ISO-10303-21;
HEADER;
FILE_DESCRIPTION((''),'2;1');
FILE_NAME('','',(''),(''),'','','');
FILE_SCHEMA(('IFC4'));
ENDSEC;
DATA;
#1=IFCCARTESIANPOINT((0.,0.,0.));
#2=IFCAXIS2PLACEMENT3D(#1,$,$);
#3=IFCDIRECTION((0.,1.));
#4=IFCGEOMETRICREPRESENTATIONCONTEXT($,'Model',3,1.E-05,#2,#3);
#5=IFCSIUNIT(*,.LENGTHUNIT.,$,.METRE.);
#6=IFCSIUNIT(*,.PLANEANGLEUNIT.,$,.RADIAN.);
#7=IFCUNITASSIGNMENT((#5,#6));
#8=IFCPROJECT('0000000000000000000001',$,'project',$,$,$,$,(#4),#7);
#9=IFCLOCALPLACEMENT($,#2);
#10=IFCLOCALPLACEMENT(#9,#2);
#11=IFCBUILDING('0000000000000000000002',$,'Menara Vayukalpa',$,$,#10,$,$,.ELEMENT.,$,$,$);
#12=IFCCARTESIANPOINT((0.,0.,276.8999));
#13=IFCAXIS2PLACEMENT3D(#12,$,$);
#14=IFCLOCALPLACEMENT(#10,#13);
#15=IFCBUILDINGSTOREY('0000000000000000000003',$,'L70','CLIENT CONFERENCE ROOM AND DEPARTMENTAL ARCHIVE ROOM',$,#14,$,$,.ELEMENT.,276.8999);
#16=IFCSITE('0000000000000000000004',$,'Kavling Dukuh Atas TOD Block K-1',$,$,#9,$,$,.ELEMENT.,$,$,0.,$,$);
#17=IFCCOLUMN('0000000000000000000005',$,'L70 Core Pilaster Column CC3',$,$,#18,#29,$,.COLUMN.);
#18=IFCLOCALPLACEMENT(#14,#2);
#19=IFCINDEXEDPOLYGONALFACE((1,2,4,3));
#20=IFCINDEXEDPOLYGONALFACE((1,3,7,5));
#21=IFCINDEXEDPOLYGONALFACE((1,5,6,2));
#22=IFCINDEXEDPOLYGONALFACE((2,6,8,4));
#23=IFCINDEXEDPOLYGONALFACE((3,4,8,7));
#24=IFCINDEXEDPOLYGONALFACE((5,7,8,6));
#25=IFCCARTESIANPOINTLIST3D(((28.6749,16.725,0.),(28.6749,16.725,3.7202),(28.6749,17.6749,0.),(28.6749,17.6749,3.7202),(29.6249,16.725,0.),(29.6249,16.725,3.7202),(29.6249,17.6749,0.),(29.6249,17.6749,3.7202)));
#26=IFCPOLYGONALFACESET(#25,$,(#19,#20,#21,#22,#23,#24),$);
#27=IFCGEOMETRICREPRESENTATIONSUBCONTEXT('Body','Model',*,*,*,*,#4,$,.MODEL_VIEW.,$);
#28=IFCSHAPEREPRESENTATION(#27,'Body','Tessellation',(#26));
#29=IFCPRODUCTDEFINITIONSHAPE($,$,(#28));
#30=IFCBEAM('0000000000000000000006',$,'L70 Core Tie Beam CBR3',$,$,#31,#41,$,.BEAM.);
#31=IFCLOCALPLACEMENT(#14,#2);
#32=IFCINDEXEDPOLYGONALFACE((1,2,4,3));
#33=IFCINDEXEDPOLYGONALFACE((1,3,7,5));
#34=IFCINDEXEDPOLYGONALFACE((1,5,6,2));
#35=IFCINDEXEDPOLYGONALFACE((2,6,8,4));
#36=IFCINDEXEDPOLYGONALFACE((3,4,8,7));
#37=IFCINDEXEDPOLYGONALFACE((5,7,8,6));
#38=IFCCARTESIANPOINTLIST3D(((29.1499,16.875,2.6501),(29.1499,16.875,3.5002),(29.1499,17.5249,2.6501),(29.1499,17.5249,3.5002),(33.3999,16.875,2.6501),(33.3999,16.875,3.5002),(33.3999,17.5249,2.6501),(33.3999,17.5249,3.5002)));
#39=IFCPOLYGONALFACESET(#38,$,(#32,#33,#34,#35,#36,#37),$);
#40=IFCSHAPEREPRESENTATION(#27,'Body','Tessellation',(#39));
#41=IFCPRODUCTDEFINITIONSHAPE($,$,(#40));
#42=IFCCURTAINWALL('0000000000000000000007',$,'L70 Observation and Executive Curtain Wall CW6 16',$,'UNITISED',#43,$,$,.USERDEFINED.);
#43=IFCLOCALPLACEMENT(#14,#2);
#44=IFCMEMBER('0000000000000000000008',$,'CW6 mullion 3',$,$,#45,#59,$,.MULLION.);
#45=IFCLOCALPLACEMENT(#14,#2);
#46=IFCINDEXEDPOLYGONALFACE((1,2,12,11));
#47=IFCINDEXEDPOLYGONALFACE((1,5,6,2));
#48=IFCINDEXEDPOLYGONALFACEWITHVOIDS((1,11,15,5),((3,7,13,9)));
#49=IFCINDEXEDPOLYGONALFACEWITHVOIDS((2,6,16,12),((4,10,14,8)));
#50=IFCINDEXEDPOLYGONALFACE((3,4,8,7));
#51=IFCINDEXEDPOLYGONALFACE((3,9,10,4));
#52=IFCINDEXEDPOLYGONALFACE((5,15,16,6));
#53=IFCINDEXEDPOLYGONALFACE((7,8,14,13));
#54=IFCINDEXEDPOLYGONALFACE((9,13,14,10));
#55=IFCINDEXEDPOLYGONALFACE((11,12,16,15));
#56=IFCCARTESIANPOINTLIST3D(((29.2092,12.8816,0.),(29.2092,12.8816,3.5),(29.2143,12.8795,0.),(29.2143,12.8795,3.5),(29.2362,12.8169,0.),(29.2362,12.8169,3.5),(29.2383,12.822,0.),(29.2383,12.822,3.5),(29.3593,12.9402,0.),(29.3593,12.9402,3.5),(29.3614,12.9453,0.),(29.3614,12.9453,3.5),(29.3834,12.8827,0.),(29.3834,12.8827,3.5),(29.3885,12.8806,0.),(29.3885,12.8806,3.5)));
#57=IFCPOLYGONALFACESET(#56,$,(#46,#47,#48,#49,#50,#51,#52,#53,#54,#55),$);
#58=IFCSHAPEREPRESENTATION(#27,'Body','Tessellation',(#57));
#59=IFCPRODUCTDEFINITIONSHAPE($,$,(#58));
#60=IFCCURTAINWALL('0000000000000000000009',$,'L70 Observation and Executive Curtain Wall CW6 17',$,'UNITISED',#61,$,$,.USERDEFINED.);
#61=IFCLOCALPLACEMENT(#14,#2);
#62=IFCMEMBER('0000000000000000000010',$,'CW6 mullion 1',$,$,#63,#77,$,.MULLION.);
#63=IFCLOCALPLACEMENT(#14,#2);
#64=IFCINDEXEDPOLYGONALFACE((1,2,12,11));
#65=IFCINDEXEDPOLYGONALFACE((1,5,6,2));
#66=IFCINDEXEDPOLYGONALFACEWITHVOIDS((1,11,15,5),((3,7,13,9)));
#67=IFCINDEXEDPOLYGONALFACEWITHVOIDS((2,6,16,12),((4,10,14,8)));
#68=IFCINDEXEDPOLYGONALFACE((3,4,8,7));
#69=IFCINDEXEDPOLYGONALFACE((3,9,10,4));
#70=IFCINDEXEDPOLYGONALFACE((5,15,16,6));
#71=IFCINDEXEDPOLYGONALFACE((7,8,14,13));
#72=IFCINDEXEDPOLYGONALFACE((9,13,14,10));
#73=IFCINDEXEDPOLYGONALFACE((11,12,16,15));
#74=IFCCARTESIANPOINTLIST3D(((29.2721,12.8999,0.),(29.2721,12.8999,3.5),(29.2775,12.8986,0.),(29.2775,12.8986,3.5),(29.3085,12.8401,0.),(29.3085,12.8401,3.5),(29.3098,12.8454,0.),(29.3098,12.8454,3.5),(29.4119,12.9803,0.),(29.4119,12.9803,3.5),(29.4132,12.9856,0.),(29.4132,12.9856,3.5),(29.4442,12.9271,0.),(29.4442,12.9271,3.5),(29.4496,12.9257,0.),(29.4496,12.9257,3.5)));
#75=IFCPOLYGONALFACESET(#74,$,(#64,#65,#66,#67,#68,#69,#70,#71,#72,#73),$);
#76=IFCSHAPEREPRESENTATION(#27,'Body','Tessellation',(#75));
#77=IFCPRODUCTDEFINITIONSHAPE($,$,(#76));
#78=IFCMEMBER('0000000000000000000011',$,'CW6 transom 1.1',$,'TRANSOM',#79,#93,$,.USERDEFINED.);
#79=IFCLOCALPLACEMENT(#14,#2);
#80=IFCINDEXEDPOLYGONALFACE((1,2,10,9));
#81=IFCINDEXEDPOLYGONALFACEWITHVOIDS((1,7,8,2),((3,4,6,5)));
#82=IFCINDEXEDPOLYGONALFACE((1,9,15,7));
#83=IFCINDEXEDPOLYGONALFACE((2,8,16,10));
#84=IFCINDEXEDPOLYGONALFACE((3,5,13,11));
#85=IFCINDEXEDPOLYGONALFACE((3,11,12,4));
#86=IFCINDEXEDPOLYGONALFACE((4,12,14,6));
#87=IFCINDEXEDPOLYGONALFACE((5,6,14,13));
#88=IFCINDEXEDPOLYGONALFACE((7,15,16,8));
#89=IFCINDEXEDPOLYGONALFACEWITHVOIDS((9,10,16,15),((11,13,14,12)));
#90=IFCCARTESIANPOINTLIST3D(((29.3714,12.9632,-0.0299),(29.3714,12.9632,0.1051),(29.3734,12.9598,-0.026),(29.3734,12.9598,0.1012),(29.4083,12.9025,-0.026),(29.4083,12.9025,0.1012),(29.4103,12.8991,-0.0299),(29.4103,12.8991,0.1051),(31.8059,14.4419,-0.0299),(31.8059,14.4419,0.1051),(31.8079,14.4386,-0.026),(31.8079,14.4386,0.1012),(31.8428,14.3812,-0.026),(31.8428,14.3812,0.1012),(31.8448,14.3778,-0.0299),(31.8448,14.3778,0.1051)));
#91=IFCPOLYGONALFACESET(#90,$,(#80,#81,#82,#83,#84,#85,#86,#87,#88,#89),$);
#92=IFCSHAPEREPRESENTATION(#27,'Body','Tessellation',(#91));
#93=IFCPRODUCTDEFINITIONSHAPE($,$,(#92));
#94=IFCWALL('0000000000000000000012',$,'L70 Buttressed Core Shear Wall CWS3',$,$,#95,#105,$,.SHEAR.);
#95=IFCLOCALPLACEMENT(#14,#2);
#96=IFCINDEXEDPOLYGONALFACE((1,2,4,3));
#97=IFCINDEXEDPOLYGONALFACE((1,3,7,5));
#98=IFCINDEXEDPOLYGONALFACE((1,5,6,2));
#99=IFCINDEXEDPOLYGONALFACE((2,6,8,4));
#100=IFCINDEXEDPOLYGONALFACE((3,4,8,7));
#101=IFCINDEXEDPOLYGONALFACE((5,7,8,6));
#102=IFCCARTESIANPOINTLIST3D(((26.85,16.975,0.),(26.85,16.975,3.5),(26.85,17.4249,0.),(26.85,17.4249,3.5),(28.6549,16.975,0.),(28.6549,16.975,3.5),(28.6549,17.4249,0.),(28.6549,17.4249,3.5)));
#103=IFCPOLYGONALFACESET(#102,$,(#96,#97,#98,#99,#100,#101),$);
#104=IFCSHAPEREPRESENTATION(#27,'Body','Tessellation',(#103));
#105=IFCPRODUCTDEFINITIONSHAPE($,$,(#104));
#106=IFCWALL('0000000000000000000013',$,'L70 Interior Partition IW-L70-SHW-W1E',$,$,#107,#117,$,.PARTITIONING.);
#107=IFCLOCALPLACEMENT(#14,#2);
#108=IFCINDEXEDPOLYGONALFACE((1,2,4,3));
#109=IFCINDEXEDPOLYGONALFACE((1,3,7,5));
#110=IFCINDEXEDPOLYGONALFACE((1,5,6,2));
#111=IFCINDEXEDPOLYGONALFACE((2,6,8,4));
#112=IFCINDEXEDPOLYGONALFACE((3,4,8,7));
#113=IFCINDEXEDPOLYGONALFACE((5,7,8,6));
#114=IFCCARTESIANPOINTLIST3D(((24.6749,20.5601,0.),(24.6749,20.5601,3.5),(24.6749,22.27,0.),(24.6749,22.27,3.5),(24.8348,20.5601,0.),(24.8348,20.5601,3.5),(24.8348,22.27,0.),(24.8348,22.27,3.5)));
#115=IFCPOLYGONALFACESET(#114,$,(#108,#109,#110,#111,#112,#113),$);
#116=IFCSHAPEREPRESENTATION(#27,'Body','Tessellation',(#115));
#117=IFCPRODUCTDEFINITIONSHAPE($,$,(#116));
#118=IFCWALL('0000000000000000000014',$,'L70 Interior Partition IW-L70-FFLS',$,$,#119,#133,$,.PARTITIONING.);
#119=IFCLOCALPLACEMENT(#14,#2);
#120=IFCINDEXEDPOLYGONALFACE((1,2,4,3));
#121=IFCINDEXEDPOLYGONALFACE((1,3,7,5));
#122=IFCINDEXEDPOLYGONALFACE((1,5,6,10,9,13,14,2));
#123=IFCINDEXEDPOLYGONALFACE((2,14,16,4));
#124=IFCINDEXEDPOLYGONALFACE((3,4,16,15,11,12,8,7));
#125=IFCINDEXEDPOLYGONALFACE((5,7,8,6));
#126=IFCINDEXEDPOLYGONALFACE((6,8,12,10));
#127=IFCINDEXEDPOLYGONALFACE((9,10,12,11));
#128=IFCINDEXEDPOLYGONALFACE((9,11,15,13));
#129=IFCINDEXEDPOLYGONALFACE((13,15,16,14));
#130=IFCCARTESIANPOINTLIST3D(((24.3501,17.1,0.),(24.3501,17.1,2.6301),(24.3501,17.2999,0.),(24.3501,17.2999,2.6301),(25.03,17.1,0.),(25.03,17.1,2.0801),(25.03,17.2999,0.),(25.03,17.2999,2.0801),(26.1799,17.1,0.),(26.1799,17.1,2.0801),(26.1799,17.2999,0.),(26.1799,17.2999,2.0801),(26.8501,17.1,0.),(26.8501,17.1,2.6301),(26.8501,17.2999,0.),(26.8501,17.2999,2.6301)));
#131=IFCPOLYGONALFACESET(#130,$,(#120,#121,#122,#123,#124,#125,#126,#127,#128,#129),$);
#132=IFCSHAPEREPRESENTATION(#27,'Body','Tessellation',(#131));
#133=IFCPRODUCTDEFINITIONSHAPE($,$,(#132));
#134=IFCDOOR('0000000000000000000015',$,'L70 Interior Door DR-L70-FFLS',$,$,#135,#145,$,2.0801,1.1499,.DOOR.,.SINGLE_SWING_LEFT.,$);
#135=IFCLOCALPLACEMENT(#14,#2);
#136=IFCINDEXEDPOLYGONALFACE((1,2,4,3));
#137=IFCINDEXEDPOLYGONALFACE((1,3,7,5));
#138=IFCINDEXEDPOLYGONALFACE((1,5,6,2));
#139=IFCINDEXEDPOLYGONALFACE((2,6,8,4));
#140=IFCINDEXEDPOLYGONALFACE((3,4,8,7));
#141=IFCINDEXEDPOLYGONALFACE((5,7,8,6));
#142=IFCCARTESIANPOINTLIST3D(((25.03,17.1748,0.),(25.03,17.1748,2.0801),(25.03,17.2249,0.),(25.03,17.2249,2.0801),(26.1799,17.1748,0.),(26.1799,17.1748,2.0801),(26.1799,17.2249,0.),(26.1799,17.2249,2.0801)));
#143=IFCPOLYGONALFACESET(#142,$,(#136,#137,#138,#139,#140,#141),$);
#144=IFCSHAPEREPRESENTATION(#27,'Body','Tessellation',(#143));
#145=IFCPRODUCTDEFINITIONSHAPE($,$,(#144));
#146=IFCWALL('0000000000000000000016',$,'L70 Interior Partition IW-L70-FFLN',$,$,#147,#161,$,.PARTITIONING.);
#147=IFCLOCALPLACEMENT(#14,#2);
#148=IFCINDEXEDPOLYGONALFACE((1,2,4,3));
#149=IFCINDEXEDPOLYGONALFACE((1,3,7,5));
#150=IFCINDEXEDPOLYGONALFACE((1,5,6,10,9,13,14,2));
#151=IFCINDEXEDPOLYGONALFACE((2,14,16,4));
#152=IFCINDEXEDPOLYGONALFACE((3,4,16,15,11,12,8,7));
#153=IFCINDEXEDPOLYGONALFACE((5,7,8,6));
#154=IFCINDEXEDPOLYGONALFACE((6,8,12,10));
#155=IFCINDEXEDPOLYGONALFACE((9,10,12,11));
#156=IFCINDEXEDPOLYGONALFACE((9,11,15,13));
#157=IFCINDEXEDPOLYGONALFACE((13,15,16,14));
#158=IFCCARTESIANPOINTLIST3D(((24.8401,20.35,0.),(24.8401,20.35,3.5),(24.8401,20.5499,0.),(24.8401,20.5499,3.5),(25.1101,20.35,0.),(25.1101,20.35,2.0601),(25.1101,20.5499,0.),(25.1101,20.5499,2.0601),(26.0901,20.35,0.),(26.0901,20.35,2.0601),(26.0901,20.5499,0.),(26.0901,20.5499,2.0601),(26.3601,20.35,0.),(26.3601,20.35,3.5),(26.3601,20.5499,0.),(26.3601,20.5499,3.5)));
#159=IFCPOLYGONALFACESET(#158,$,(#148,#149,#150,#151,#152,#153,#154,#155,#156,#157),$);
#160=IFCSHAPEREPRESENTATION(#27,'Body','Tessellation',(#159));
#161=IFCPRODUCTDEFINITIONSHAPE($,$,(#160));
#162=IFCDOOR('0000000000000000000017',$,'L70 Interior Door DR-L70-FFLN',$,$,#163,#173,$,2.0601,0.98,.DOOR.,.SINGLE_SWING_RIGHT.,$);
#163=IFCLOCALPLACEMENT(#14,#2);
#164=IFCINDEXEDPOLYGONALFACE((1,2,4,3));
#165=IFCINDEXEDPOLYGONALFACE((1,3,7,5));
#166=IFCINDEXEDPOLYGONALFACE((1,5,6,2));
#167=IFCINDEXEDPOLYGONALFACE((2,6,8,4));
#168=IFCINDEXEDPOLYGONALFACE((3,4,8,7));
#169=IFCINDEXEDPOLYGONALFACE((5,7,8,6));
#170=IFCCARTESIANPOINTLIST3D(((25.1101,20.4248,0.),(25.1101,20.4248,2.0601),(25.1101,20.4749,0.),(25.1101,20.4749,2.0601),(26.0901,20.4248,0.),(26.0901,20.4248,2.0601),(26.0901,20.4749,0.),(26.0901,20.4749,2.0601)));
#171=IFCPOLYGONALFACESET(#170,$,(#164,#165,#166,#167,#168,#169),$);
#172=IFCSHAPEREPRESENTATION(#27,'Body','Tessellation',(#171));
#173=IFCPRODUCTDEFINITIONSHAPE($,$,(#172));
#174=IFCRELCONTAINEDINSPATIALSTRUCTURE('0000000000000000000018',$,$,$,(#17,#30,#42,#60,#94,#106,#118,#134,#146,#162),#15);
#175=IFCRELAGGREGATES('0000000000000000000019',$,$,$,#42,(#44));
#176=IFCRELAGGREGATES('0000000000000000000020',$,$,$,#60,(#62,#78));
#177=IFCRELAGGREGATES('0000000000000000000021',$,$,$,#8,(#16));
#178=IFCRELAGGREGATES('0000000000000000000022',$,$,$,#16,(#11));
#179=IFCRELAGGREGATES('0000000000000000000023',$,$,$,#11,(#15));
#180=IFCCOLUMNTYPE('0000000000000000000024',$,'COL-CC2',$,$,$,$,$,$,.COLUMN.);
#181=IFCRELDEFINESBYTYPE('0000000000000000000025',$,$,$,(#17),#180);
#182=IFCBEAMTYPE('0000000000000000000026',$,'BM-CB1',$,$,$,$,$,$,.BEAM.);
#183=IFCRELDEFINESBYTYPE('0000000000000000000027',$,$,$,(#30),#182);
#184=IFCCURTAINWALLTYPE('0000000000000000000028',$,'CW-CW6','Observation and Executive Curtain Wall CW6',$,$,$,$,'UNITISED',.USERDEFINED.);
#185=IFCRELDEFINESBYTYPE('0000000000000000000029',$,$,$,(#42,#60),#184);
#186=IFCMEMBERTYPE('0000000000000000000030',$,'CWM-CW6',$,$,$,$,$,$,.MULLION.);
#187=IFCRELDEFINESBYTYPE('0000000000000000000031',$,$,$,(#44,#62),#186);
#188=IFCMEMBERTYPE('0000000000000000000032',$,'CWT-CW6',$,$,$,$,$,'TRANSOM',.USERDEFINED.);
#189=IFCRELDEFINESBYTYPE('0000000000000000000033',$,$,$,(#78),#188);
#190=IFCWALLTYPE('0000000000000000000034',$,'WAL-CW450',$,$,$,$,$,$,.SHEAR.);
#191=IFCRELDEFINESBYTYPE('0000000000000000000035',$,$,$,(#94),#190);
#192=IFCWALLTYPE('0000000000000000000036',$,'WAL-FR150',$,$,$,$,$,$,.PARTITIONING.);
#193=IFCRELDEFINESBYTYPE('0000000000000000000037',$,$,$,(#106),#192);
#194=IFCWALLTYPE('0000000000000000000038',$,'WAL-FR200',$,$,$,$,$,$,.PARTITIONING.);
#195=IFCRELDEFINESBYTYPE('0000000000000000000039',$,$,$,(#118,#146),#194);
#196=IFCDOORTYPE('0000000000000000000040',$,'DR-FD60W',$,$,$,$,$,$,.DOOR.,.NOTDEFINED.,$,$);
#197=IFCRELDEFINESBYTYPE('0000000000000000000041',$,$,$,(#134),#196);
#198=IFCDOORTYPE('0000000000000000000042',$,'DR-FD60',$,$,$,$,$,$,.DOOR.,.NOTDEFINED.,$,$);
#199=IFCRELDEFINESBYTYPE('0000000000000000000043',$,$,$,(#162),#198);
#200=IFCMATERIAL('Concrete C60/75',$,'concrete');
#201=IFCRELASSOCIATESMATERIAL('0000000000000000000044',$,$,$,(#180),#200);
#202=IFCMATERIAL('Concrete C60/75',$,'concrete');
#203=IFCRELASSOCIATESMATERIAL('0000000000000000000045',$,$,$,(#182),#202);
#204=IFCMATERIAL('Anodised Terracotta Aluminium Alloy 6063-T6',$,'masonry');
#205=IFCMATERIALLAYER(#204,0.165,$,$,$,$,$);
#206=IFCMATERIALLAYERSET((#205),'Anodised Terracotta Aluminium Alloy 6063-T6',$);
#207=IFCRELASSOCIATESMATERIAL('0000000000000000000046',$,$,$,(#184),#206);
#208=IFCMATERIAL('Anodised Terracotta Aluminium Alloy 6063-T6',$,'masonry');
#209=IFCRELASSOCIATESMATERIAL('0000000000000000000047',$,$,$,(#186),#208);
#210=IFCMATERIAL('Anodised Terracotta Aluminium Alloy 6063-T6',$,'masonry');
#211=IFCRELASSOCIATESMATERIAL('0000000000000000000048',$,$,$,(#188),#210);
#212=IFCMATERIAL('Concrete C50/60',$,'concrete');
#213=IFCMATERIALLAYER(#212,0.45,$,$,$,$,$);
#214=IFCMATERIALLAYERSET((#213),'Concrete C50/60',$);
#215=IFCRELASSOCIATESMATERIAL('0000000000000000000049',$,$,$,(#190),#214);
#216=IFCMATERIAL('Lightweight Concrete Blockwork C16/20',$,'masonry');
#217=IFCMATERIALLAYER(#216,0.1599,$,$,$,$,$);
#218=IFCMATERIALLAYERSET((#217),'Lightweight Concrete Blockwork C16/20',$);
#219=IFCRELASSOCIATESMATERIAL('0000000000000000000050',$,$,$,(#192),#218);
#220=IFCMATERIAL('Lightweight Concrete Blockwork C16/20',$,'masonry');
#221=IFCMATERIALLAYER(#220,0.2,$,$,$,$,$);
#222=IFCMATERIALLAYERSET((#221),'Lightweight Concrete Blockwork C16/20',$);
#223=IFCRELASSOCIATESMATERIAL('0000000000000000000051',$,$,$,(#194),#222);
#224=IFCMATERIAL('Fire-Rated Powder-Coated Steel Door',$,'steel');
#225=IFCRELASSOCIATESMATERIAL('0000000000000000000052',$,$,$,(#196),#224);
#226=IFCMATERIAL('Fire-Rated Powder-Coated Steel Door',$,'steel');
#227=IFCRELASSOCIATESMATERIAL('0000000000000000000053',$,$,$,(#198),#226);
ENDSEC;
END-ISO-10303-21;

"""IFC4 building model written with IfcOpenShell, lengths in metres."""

from ifc_helpers import new_model, si_unit, direction, frame, frame_2d, origin, origin_2d, place, context, subcontext, project, spatial, rectangle, hollow_rectangle, extrude, material, layer, layer_set, material_profile, profile_set, type_object, element, fill, aggregate, save


model = new_model("IFC4")

# Units and contexts
model_context = context("Model", 3, precision=1e-05, world=origin(), true_north=direction((0.0, 1.0)))
body_context = subcontext(model_context, "Body", "Model", "MODEL_VIEW")
ifc_project = project(units=[si_unit("LENGTHUNIT", "METRE"), si_unit("PLANEANGLEUNIT", "RADIAN")], contexts=[model_context])

# Site, building, storey
site_placement = place(None, origin())
site = spatial("IfcSite", under=ifc_project, at=site_placement, Name="Kavling Dukuh Atas TOD Block K-1", CompositionType="ELEMENT", RefElevation=0.0)
building_placement = place(site_placement, origin())
building = spatial("IfcBuilding", under=site, at=building_placement, Name="Menara Vayukalpa", CompositionType="ELEMENT")
storey_placement = place(building_placement, frame((0.0, 0.0, 276.8999)))
storey = spatial("IfcBuildingStorey", under=building, at=storey_placement, Name="L70", Description="CLIENT CONFERENCE ROOM AND DEPARTMENTAL ARCHIVE ROOM", CompositionType="ELEMENT", Elevation=276.8999)

# Column
ifc_material_1 = material(Name="Concrete C60/75", Category="concrete")
ifc_material_profile_1 = material_profile(ifc_material_1, rectangle(XDim=0.95, YDim=0.95, at=origin_2d()), Name="RC 950x950")
ifc_profile_set_1 = profile_set([ifc_material_profile_1], Name="Concrete C60/75")
column_type = type_object("IfcColumnType", Name="COL-CC2", PredefinedType="COLUMN", material=ifc_profile_set_1)
column_placement = place(storey_placement, frame((29.1499, 17.2, 0.0), z_axis=(0.0, 0.0, 1.0), x_axis=(1.0, 0.0, 0.0)))
element("IfcColumn", 1, at=column_placement, inside=storey, type_object=column_type, Name="L70 Core Pilaster Column CC3", PredefinedType="COLUMN", context=body_context, shape_type="SweptSolid", body=[
    extrude(rectangle(XDim=0.95, YDim=0.95, at=origin_2d()), origin(), (0.0, 0.0, 1.0), 3.7202),
])

# Beam
ifc_material_2 = material(Name="Concrete C60/75", Category="concrete")
ifc_material_profile_2 = material_profile(ifc_material_2, rectangle(XDim=0.6499, YDim=0.8501, at=origin_2d()), Name="RC 650x850")
ifc_profile_set_2 = profile_set([ifc_material_profile_2], Name="Concrete C60/75")
beam_type = type_object("IfcBeamType", Name="BM-CB1", PredefinedType="BEAM", material=ifc_profile_set_2)
beam_placement = place(storey_placement, frame((29.1499, 17.2, 3.0752), z_axis=(1.0, 0.0, 0.0), x_axis=(0.0, 1.0, 0.0)))
element("IfcBeam", 2, at=beam_placement, inside=storey, type_object=beam_type, Name="L70 Core Tie Beam CBR3", PredefinedType="BEAM", context=body_context, shape_type="SweptSolid", body=[
    extrude(rectangle(XDim=0.6499, YDim=0.8501, at=origin_2d()), origin(), (0.0, 0.0, 1.0), 4.25),
])

# Curtain wall, member
ifc_material_3 = material(Name="Anodised Terracotta Aluminium Alloy 6063-T6", Category="masonry")
ifc_layer_1 = layer(ifc_material_3, 0.165)
ifc_layer_set_1 = layer_set([ifc_layer_1], Name="Anodised Terracotta Aluminium Alloy 6063-T6")
curtain_wall_type = type_object("IfcCurtainWallType", Name="CW-CW6", Description="Observation and Executive Curtain Wall CW6", ElementType="UNITISED", PredefinedType="USERDEFINED", material=ifc_layer_set_1)
curtain_wall_1_placement = place(storey_placement, origin())
curtain_wall_1 = element("IfcCurtainWall", 3, at=curtain_wall_1_placement, inside=storey, type_object=curtain_wall_type, Name="L70 Observation and Executive Curtain Wall CW6 16", ObjectType="UNITISED", PredefinedType="USERDEFINED")
ifc_material_4 = material(Name="Anodised Terracotta Aluminium Alloy 6063-T6", Category="masonry")
ifc_material_profile_3 = material_profile(ifc_material_4, hollow_rectangle(XDim=0.0701, YDim=0.165, WallThickness=0.0039, at=origin_2d()), Name="ALU 70x165x4")
ifc_profile_set_3 = profile_set([ifc_material_profile_3], Name="Anodised Terracotta Aluminium Alloy 6063-T6")
member_type_1 = type_object("IfcMemberType", Name="CWM-CW6", PredefinedType="MULLION", material=ifc_profile_set_3)
member_1_placement = place(storey_placement, frame((29.2988, 12.8811, 0.0), z_axis=(0.0, 0.0, 1.0), x_axis=(-0.3859, 0.922541, 0.0)))
member_1 = element("IfcMember", 4, at=member_1_placement, type_object=member_type_1, Name="CW6 mullion 3", PredefinedType="MULLION", context=body_context, shape_type="SweptSolid", body=[
    extrude(hollow_rectangle(XDim=0.0701, YDim=0.165, WallThickness=0.0039, at=origin_2d()), origin(), (0.0, 0.0, 1.0), 3.5),
])
aggregate(curtain_wall_1, [member_1])

# Curtain wall, members
curtain_wall_2_placement = place(storey_placement, origin())
curtain_wall_2 = element("IfcCurtainWall", 5, at=curtain_wall_2_placement, inside=storey, type_object=curtain_wall_type, Name="L70 Observation and Executive Curtain Wall CW6 17", ObjectType="UNITISED", PredefinedType="USERDEFINED")
member_2_placement = place(storey_placement, frame((29.3608, 12.9128, 0.0), z_axis=(0.0, 0.0, 1.0), x_axis=(-0.519176, 0.854668, 0.0)))
member_2 = element("IfcMember", 6, at=member_2_placement, type_object=member_type_1, Name="CW6 mullion 1", PredefinedType="MULLION", context=body_context, shape_type="SweptSolid", body=[
    extrude(hollow_rectangle(XDim=0.0701, YDim=0.165, WallThickness=0.0039, at=origin_2d()), origin(), (0.0, 0.0, 1.0), 3.5),
])
ifc_material_5 = material(Name="Anodised Terracotta Aluminium Alloy 6063-T6", Category="masonry")
ifc_material_profile_4 = material_profile(ifc_material_5, hollow_rectangle(XDim=0.075, YDim=0.135, WallThickness=0.0039, at=origin_2d()), Name="ALU 75x135x4")
ifc_profile_set_4 = profile_set([ifc_material_profile_4], Name="Anodised Terracotta Aluminium Alloy 6063-T6")
member_type_2 = type_object("IfcMemberType", Name="CWT-CW6", ElementType="TRANSOM", PredefinedType="USERDEFINED", material=ifc_profile_set_4)
member_3_placement = place(storey_placement, frame((29.3909, 12.9312, 0.0376), z_axis=(0.85469, 0.519139, 0.0), x_axis=(-0.519139, 0.85469, 0.0)))
member_3 = element("IfcMember", 7, at=member_3_placement, type_object=member_type_2, Name="CW6 transom 1.1", ObjectType="TRANSOM", PredefinedType="USERDEFINED", context=body_context, shape_type="SweptSolid", body=[
    extrude(hollow_rectangle(XDim=0.075, YDim=0.135, WallThickness=0.0039, at=origin_2d()), origin(), (0.0, 0.0, 1.0), 2.8484),
])
aggregate(curtain_wall_2, [member_2, member_3])

# Walls
ifc_material_6 = material(Name="Concrete C50/60", Category="concrete")
ifc_layer_2 = layer(ifc_material_6, 0.45)
ifc_layer_set_2 = layer_set([ifc_layer_2], Name="Concrete C50/60")
wall_type_1 = type_object("IfcWallType", Name="WAL-CW450", PredefinedType="SHEAR", material=ifc_layer_set_2)
wall_1_placement = place(storey_placement, frame((26.8501, 17.2, 0.0), z_axis=(0.0, 0.0, 1.0), x_axis=(1.0, 0.0, 0.0)))
element("IfcWall", 8, at=wall_1_placement, inside=storey, type_object=wall_type_1, Name="L70 Buttressed Core Shear Wall CWS3", PredefinedType="SHEAR", context=body_context, shape_type="SweptSolid", body=[
    extrude(rectangle(XDim=1.8049, YDim=0.45, at=frame_2d((0.9023, 0.0))), origin(), (0.0, 0.0, 1.0), 3.5),
])
ifc_material_7 = material(Name="Lightweight Concrete Blockwork C16/20", Category="masonry")
ifc_layer_3 = layer(ifc_material_7, 0.1599)
ifc_layer_set_3 = layer_set([ifc_layer_3], Name="Lightweight Concrete Blockwork C16/20")
wall_type_2 = type_object("IfcWallType", Name="WAL-FR150", PredefinedType="PARTITIONING", material=ifc_layer_set_3)
wall_2_placement = place(storey_placement, frame((24.7549, 20.5601, 0.0), z_axis=(0.0, 0.0, 1.0), x_axis=(0.0, 1.0, 0.0)))
element("IfcWall", 9, at=wall_2_placement, inside=storey, type_object=wall_type_2, Name="L70 Interior Partition IW-L70-SHW-W1E", PredefinedType="PARTITIONING", context=body_context, shape_type="SweptSolid", body=[
    extrude(rectangle(XDim=1.71, YDim=0.1599, at=frame_2d((0.855, 0.0))), origin(), (0.0, 0.0, 1.0), 3.5),
])

# Walls, openings, doors
ifc_material_8 = material(Name="Lightweight Concrete Blockwork C16/20", Category="masonry")
ifc_layer_4 = layer(ifc_material_8, 0.2)
ifc_layer_set_4 = layer_set([ifc_layer_4], Name="Lightweight Concrete Blockwork C16/20")
wall_type_3 = type_object("IfcWallType", Name="WAL-FR200", PredefinedType="PARTITIONING", material=ifc_layer_set_4)
wall_3_placement = place(storey_placement, frame((24.3501, 17.2, 0.0), z_axis=(0.0, 0.0, 1.0), x_axis=(1.0, 0.0, 0.0)))
wall_3 = element("IfcWall", 10, at=wall_3_placement, inside=storey, type_object=wall_type_3, Name="L70 Interior Partition IW-L70-FFLS", PredefinedType="PARTITIONING", context=body_context, shape_type="SweptSolid", body=[
    extrude(rectangle(XDim=2.5, YDim=0.2, at=frame_2d((1.25, 0.0))), origin(), (0.0, 0.0, 1.0), 2.6301),
])
opening_1_placement = place(wall_3_placement, frame((0.6799, 0.0, 0.0)))
opening_1 = element("IfcOpeningElement", 11, at=opening_1_placement, cuts=wall_3, PredefinedType="OPENING", context=body_context, shape_type="SweptSolid", body=[
    extrude(rectangle(XDim=1.1499, YDim=2.0801, at=frame_2d((0.575, 1.04))), frame((0.0, 0.1099, 0.0), z_axis=(0.0, -1.0, 0.0), x_axis=(1.0, 0.0, 0.0)), (0.0, 0.0, 1.0), 0.22),
])
ifc_material_9 = material(Name="Fire-Rated Powder-Coated Steel Door", Category="steel")
door_type_1 = type_object("IfcDoorType", Name="DR-FD60W", OperationType="NOTDEFINED", PredefinedType="DOOR", material=ifc_material_9)
door_1_placement = place(opening_1_placement, origin())
door_1 = element("IfcDoor", 12, at=door_1_placement, inside=storey, type_object=door_type_1, Name="L70 Interior Door DR-L70-FFLS", OperationType="SINGLE_SWING_LEFT", OverallHeight=2.0801, OverallWidth=1.1499, PredefinedType="DOOR", context=body_context, shape_type="SweptSolid", body=[
    extrude(rectangle(XDim=1.1499, YDim=2.0801, at=frame_2d((0.575, 1.04))), frame((0.0, 0.0249, 0.0), z_axis=(0.0, -1.0, 0.0), x_axis=(1.0, 0.0, 0.0)), (0.0, 0.0, 1.0), 0.05),
])
fill(opening_1, door_1)
wall_4_placement = place(storey_placement, frame((24.8401, 20.45, 0.0), z_axis=(0.0, 0.0, 1.0), x_axis=(1.0, 0.0, 0.0)))
wall_4 = element("IfcWall", 13, at=wall_4_placement, inside=storey, type_object=wall_type_3, Name="L70 Interior Partition IW-L70-FFLN", PredefinedType="PARTITIONING", context=body_context, shape_type="SweptSolid", body=[
    extrude(rectangle(XDim=1.52, YDim=0.2, at=frame_2d((0.76, 0.0))), origin(), (0.0, 0.0, 1.0), 3.5),
])
opening_2_placement = place(wall_4_placement, frame((0.27, 0.0, 0.0)))
opening_2 = element("IfcOpeningElement", 14, at=opening_2_placement, cuts=wall_4, PredefinedType="OPENING", context=body_context, shape_type="SweptSolid", body=[
    extrude(rectangle(XDim=0.98, YDim=2.0601, at=frame_2d((0.49, 1.03))), frame((0.0, 0.1099, 0.0), z_axis=(0.0, -1.0, 0.0), x_axis=(1.0, 0.0, 0.0)), (0.0, 0.0, 1.0), 0.22),
])
ifc_material_10 = material(Name="Fire-Rated Powder-Coated Steel Door", Category="steel")
door_type_2 = type_object("IfcDoorType", Name="DR-FD60", OperationType="NOTDEFINED", PredefinedType="DOOR", material=ifc_material_10)
door_2_placement = place(opening_2_placement, origin())
door_2 = element("IfcDoor", 15, at=door_2_placement, inside=storey, type_object=door_type_2, Name="L70 Interior Door DR-L70-FFLN", OperationType="SINGLE_SWING_RIGHT", OverallHeight=2.0601, OverallWidth=0.98, PredefinedType="DOOR", context=body_context, shape_type="SweptSolid", body=[
    extrude(rectangle(XDim=0.98, YDim=2.0601, at=frame_2d((0.49, 1.03))), frame((0.0, 0.0249, 0.0), z_axis=(0.0, -1.0, 0.0), x_axis=(1.0, 0.0, 0.0)), (0.0, 0.0, 1.0), 0.05),
])
fill(opening_2, door_2)

save(model, "model.ifc")
